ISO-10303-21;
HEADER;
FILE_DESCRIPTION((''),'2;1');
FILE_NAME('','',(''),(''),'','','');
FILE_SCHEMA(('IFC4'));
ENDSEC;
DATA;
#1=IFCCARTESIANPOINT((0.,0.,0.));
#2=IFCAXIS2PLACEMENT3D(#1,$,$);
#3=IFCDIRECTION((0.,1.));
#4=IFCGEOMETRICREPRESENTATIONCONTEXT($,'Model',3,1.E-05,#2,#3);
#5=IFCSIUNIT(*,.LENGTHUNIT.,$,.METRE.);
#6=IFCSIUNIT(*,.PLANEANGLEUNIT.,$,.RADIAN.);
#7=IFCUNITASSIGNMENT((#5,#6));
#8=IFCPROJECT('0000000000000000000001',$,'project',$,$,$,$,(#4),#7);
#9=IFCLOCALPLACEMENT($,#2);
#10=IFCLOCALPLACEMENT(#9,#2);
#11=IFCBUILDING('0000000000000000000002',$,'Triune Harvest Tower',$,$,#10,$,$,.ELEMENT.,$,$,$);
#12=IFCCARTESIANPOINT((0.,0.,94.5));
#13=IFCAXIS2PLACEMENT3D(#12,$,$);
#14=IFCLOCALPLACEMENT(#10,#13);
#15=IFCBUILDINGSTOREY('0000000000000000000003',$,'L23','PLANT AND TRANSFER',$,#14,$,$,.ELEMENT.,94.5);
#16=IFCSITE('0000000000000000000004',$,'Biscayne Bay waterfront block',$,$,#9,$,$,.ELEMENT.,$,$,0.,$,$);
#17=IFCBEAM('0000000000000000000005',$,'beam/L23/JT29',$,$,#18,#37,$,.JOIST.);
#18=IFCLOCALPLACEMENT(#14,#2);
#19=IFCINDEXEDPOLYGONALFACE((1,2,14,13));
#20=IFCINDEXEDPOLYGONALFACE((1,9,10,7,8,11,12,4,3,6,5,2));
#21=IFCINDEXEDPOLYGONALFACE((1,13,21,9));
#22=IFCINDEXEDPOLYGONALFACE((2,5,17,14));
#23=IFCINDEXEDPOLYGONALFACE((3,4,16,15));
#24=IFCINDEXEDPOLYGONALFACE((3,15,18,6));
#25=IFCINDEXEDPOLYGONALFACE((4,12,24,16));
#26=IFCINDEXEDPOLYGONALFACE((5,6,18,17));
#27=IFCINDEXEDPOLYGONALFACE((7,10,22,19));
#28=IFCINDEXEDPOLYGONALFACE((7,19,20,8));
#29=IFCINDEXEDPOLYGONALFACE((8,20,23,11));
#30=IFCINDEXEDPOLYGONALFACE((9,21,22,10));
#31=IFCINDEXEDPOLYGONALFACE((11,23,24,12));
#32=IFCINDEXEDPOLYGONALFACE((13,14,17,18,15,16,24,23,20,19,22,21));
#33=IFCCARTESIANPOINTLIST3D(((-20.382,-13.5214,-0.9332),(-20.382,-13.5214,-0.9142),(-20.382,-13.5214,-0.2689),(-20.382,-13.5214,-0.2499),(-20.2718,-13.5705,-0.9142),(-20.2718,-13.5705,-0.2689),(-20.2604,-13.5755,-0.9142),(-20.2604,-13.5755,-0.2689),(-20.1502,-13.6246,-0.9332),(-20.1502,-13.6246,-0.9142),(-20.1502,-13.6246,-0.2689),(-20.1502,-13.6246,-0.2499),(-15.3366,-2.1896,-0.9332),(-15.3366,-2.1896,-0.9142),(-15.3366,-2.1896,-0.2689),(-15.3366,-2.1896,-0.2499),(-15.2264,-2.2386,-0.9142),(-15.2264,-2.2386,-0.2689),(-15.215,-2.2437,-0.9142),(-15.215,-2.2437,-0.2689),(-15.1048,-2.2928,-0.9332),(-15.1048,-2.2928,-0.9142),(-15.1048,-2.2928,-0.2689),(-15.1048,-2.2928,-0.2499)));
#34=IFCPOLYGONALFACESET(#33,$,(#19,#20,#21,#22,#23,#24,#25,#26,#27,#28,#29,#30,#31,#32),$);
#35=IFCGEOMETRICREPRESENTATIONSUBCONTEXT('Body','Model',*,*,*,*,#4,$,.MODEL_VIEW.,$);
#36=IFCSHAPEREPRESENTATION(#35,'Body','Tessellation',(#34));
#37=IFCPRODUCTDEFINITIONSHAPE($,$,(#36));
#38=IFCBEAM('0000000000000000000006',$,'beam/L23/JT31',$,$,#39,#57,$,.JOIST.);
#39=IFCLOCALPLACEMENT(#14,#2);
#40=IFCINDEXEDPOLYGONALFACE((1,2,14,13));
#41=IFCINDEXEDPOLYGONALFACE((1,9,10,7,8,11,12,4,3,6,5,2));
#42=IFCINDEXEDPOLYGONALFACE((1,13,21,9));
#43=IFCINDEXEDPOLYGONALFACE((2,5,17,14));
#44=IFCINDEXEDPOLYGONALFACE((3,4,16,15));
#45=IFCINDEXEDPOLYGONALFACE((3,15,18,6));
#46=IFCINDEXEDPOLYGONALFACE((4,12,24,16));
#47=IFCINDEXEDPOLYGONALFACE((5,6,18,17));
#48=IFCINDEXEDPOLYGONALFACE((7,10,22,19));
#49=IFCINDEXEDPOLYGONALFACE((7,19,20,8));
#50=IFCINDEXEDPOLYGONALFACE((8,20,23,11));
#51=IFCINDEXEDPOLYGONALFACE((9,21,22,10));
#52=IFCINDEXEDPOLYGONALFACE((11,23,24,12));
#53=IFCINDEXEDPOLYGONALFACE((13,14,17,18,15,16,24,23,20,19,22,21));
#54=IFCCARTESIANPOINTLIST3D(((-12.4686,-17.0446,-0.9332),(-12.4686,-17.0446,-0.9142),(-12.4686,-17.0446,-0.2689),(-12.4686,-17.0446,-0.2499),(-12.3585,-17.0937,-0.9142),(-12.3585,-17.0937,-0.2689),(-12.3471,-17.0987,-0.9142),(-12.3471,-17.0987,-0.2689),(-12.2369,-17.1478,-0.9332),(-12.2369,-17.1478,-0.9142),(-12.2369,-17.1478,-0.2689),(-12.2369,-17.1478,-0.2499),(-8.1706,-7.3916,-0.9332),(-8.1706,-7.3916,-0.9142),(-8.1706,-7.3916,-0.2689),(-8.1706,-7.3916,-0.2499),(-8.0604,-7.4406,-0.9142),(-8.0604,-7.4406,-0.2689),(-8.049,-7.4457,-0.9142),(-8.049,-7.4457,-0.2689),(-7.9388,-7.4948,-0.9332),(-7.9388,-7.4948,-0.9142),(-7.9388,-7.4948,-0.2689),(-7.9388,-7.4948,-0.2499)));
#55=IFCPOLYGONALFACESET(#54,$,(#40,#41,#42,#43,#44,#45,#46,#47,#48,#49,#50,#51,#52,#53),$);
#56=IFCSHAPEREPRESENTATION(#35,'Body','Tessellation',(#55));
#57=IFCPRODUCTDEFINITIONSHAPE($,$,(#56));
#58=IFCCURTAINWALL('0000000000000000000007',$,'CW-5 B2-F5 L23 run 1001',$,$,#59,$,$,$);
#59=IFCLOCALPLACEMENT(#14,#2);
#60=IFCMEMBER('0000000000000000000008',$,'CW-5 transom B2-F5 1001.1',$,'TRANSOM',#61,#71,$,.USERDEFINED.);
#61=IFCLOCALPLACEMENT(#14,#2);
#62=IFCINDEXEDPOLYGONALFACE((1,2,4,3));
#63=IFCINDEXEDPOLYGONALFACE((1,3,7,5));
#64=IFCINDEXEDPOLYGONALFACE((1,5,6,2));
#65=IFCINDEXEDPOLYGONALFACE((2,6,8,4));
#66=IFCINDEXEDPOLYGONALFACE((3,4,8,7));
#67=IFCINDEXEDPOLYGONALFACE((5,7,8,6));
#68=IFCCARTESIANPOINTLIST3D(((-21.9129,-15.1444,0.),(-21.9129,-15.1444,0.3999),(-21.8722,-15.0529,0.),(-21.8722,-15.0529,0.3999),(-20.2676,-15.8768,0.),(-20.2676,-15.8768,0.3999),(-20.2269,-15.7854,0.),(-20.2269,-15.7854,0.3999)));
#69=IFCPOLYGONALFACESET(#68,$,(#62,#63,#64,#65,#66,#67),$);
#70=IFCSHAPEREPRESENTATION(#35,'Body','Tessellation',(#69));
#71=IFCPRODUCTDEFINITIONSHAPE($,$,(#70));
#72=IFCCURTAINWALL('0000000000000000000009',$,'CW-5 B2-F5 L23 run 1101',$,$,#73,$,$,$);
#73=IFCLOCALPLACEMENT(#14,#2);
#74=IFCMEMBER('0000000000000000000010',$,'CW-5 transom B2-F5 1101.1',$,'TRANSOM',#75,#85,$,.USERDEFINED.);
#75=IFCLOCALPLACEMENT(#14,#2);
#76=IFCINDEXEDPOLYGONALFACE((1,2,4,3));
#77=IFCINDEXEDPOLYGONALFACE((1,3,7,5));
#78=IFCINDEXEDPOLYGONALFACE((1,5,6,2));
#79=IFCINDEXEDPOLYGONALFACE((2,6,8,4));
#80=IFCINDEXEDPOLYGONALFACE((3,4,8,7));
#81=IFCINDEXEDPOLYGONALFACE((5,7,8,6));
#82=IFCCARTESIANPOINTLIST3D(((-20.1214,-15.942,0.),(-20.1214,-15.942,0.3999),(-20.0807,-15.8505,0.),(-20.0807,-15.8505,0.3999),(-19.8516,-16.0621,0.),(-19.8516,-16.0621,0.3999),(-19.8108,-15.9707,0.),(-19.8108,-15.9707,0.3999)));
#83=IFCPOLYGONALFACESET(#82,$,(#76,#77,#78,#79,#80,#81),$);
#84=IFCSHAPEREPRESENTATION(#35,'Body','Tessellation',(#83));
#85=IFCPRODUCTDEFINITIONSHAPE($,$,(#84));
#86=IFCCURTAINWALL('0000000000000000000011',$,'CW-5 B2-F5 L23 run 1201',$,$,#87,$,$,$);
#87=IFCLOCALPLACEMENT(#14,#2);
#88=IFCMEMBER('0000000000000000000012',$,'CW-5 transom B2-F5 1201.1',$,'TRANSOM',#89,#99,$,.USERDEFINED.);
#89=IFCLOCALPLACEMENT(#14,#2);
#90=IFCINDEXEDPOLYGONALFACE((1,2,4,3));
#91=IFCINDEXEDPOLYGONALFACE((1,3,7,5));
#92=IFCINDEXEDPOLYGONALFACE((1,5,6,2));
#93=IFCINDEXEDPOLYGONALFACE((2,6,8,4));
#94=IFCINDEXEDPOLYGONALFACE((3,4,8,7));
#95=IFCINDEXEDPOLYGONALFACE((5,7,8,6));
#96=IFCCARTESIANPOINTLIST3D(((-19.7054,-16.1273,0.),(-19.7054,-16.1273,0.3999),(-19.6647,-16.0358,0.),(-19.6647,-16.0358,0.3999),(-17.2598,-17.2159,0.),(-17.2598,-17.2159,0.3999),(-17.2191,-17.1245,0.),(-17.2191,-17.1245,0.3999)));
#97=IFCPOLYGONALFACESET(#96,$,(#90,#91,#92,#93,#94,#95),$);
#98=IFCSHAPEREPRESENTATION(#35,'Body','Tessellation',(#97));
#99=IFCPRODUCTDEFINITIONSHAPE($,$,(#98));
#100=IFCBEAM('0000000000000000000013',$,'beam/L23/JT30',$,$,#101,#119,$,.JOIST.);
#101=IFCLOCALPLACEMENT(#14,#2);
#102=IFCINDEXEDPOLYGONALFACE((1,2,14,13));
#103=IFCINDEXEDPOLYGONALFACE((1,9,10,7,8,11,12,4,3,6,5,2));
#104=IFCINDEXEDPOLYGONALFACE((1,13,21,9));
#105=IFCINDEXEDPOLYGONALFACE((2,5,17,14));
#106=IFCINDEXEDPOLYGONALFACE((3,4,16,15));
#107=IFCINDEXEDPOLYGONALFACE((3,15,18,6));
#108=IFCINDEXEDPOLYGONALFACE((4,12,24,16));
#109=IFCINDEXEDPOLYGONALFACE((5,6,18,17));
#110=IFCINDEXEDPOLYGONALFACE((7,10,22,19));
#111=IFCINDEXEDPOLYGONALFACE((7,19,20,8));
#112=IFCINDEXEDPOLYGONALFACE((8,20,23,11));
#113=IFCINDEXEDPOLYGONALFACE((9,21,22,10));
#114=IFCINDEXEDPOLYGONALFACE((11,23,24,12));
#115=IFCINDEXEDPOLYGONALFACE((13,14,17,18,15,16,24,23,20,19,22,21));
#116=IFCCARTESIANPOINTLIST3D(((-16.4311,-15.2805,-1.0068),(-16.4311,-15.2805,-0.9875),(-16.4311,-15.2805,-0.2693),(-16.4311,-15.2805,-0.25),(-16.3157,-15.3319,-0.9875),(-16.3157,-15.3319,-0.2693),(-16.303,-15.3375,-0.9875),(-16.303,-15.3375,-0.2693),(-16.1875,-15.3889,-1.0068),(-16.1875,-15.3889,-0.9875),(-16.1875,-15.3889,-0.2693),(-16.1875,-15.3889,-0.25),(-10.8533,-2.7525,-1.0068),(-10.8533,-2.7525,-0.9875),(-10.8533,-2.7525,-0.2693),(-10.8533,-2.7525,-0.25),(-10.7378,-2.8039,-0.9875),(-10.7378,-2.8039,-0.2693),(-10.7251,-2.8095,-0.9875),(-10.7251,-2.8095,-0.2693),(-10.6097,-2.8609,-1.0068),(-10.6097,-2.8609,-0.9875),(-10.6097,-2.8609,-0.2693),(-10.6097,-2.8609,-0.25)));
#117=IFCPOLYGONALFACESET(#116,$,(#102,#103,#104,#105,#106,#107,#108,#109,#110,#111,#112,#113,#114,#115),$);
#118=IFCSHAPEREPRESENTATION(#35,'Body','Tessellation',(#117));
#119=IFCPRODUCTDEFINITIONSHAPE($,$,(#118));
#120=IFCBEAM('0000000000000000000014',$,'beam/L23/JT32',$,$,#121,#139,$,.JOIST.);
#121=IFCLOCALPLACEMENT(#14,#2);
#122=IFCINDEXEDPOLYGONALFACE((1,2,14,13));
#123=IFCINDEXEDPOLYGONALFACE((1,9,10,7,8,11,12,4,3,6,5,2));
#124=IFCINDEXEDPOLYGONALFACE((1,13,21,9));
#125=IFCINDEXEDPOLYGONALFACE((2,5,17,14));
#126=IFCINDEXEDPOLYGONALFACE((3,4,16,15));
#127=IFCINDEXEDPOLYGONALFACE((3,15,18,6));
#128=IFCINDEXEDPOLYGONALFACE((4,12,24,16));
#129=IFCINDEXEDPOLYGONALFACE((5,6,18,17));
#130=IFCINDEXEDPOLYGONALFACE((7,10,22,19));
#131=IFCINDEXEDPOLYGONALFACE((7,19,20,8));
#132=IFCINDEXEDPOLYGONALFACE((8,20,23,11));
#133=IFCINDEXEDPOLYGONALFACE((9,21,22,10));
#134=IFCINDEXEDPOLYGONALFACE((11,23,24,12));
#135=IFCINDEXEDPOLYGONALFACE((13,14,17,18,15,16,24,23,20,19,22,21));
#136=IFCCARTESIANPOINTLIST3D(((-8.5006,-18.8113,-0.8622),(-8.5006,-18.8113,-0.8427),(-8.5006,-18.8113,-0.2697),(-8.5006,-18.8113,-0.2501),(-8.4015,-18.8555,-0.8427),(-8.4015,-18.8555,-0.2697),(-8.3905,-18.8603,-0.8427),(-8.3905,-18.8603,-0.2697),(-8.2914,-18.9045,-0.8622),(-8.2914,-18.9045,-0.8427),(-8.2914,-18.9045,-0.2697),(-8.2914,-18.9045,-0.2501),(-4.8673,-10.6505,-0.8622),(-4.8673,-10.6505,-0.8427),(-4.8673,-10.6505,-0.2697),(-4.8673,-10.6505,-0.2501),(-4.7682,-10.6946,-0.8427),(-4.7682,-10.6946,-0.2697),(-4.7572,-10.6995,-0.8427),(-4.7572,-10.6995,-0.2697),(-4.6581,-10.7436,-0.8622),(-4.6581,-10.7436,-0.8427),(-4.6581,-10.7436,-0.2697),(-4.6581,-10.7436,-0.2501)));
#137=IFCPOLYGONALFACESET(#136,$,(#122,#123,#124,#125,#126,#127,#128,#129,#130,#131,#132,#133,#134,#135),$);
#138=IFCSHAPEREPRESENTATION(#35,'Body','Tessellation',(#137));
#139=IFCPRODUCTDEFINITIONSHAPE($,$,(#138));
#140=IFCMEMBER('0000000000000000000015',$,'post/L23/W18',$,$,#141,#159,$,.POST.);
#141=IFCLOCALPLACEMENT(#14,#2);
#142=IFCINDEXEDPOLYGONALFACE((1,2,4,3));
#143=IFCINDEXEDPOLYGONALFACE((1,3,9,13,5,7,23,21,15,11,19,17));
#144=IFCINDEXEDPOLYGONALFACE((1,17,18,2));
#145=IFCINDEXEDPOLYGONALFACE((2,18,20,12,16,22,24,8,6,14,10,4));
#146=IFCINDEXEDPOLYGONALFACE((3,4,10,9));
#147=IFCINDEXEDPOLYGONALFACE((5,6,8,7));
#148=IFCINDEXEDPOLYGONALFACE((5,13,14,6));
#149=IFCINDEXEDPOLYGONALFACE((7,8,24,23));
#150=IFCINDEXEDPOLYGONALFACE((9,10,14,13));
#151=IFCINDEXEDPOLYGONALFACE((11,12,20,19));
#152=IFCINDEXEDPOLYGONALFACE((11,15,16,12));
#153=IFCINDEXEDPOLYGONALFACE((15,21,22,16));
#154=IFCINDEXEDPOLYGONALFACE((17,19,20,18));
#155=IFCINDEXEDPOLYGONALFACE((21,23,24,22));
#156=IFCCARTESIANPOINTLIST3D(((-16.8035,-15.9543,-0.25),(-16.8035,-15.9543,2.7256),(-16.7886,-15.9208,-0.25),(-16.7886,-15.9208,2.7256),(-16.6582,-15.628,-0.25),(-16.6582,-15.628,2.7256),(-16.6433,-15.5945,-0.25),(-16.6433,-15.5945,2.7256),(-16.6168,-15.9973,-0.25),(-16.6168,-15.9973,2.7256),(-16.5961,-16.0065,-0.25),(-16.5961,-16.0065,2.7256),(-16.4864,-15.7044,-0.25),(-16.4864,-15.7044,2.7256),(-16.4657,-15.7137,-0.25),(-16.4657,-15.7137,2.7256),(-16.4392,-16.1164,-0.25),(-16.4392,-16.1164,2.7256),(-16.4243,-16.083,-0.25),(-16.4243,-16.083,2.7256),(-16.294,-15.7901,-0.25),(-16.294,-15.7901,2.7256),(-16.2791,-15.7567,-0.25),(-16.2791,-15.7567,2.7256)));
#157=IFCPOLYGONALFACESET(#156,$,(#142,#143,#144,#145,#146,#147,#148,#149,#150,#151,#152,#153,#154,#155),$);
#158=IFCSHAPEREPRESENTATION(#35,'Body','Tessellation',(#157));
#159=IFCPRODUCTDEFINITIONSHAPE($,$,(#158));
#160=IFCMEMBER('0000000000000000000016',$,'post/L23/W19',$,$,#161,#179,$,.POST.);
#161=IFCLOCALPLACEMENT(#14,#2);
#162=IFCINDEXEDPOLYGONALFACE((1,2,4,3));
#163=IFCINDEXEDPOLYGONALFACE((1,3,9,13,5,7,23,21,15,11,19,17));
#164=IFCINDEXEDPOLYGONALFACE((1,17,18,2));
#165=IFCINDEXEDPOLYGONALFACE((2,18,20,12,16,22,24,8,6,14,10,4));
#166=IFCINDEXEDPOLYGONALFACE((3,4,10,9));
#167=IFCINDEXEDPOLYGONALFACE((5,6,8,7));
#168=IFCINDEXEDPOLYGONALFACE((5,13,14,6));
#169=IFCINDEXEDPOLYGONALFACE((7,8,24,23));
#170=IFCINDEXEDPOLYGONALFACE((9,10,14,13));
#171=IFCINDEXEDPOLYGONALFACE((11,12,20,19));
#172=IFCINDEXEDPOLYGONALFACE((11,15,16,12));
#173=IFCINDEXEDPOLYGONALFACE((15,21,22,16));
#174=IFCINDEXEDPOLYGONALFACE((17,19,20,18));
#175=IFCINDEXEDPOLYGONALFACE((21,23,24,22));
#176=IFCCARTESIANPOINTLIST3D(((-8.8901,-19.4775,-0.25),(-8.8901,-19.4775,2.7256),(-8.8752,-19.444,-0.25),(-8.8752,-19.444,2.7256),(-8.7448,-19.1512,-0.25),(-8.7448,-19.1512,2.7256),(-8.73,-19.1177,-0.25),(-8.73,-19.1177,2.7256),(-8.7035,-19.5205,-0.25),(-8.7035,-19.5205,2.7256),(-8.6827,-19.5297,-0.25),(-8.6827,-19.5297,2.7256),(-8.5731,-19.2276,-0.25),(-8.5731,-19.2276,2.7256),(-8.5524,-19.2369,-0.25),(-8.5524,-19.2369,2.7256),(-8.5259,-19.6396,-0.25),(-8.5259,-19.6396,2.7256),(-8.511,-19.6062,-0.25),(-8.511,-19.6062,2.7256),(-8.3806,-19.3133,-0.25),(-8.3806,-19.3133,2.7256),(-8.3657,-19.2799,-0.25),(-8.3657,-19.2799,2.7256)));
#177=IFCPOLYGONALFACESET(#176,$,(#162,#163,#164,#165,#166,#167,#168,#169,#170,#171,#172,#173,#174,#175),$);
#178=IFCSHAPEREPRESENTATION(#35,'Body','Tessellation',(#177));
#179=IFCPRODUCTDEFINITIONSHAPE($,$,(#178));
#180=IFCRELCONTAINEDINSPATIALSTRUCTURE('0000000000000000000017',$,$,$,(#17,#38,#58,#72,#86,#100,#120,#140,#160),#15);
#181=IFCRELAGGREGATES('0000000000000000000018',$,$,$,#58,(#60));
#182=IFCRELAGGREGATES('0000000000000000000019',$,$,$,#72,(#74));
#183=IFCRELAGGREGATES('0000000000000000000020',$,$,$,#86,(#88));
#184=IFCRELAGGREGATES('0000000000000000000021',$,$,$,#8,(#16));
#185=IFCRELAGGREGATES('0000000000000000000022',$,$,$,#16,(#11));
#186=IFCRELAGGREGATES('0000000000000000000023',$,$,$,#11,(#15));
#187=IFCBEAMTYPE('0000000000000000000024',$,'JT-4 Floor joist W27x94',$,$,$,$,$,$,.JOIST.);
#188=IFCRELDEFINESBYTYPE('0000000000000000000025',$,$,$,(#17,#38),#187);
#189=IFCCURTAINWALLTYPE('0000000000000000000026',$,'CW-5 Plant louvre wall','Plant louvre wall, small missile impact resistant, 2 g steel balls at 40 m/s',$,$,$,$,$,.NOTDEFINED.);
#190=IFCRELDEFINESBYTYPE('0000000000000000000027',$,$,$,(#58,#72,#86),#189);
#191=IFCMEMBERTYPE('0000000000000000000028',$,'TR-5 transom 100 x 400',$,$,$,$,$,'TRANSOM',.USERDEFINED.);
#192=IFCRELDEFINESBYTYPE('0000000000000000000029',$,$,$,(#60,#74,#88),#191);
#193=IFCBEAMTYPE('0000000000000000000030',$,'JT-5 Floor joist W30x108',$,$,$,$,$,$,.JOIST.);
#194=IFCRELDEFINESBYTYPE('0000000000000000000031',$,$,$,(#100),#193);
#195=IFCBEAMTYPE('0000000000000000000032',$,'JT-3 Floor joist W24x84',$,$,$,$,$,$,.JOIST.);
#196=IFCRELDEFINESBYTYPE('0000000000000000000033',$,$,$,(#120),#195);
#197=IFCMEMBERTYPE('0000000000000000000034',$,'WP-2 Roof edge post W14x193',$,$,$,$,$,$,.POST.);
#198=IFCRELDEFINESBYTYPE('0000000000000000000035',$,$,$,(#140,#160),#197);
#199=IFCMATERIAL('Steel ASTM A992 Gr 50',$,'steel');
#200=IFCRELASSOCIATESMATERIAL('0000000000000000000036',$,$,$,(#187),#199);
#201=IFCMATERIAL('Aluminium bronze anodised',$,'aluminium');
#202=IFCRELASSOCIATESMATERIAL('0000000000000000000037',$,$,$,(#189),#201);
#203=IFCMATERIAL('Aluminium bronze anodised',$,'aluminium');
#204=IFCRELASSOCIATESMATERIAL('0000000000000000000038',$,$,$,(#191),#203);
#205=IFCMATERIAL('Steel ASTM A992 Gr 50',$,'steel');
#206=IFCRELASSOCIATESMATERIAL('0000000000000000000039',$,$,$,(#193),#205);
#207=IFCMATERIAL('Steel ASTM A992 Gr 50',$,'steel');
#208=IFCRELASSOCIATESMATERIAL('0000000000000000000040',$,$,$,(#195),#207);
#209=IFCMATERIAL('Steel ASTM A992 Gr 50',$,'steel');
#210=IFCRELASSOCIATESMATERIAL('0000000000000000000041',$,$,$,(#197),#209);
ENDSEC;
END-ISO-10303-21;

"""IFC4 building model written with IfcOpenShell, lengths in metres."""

from ifc_helpers import new_model, si_unit, direction, frame, origin, origin_2d, place, context, subcontext, project, spatial, rectangle, i_section, extrude, source, transform, mapped, material, material_profile, profile_set, type_object, element, aggregate, save


model = new_model("IFC4")

# Units and contexts
model_context = context("Model", 3, precision=1e-05, world=origin(), true_north=direction((0.0, 1.0)))
body_context = subcontext(model_context, "Body", "Model", "MODEL_VIEW")
ifc_project = project(units=[si_unit("LENGTHUNIT", "METRE"), si_unit("PLANEANGLEUNIT", "RADIAN")], contexts=[model_context])

# Site, building, storey
site_placement = place(None, origin())
site = spatial("IfcSite", under=ifc_project, at=site_placement, Name="Biscayne Bay waterfront block", CompositionType="ELEMENT", RefElevation=0.0)
building_placement = place(site_placement, origin())
building = spatial("IfcBuilding", under=site, at=building_placement, Name="Triune Harvest Tower", CompositionType="ELEMENT")
storey_placement = place(building_placement, frame((0.0, 0.0, 94.5)))
storey = spatial("IfcBuildingStorey", under=building, at=storey_placement, Name="L23", Description="PLANT AND TRANSFER", CompositionType="ELEMENT", Elevation=94.5)

# Beams
ifc_material_1 = material(Name="Steel ASTM A992 Gr 50", Category="steel")
ifc_material_profile_1 = material_profile(ifc_material_1, i_section(OverallWidth=0.2537, OverallDepth=0.6833, WebThickness=0.0125, FlangeThickness=0.019, at=origin_2d()), Name="W27x94")
ifc_profile_set_1 = profile_set([ifc_material_profile_1], Name="Steel ASTM A992 Gr 50")
beam_type_1 = type_object("IfcBeamType", Name="JT-4 Floor joist W27x94", PredefinedType="JOIST", material=ifc_profile_set_1)
beam_1_placement = place(storey_placement, frame((-20.2661, -13.573, -0.5916), z_axis=(0.406748, 0.91354, 0.0), x_axis=(-0.91354, 0.406748, 0.0)))
element("IfcBeam", 1, at=beam_1_placement, inside=storey, type_object=beam_type_1, Name="beam/L23/JT29", PredefinedType="JOIST", context=body_context, shape_type="SweptSolid", body=[
    extrude(i_section(OverallWidth=0.2537, OverallDepth=0.6833, WebThickness=0.0125, FlangeThickness=0.019, at=origin_2d()), origin(), (0.0, 0.0, 1.0), 12.4043),
])
beam_2_placement = place(storey_placement, frame((-12.3528, -17.0962, -0.5916), z_axis=(0.406758, 0.913536, 0.0), x_axis=(-0.913536, 0.406758, 0.0)))
element("IfcBeam", 2, at=beam_2_placement, inside=storey, type_object=beam_type_1, Name="beam/L23/JT31", PredefinedType="JOIST", context=body_context, shape_type="SweptSolid", body=[
    extrude(i_section(OverallWidth=0.2537, OverallDepth=0.6833, WebThickness=0.0125, FlangeThickness=0.019, at=origin_2d()), origin(), (0.0, 0.0, 1.0), 10.5667),
])

# Curtain walls, members
ifc_material_2 = material(Name="Aluminium bronze anodised", Category="aluminium")
curtain_wall_type = type_object("IfcCurtainWallType", Name="CW-5 Plant louvre wall", Description="Plant louvre wall, small missile impact resistant, 2 g steel balls at 40 m/s", PredefinedType="NOTDEFINED", material=ifc_material_2)
curtain_wall_1_placement = place(storey_placement, origin())
curtain_wall_1 = element("IfcCurtainWall", 3, at=curtain_wall_1_placement, inside=storey, type_object=curtain_wall_type, Name="CW-5 B2-F5 L23 run 1001")
ifc_material_3 = material(Name="Aluminium bronze anodised", Category="aluminium")
ifc_material_profile_2 = material_profile(ifc_material_3, rectangle(XDim=0.1001, YDim=0.3999, at=origin_2d()), Name="TR-5 transom 100 x 400")
ifc_profile_set_2 = profile_set([ifc_material_profile_2], Name="Aluminium bronze anodised")
member_type_1 = type_object("IfcMemberType", Name="TR-5 transom 100 x 400", ElementType="TRANSOM", PredefinedType="USERDEFINED", material=ifc_profile_set_2)
member_1_placement = place(storey_placement, frame((-21.8926, -15.0986, 0.2), z_axis=(0.913565, -0.406692, 0.0), x_axis=(0.406692, 0.913565, 0.0)))
member_1 = element("IfcMember", 4, at=member_1_placement, type_object=member_type_1, Name="CW-5 transom B2-F5 1001.1", ObjectType="TRANSOM", PredefinedType="USERDEFINED", context=body_context, shape_type="SweptSolid", body=[
    extrude(rectangle(XDim=0.1001, YDim=0.3999, at=origin_2d()), origin(), (0.0, 0.0, 1.0), 1.801),
])
curtain_wall_2_placement = place(storey_placement, origin())
curtain_wall_2 = element("IfcCurtainWall", 5, at=curtain_wall_2_placement, inside=storey, type_object=curtain_wall_type, Name="CW-5 B2-F5 L23 run 1101")
member_2_placement = place(storey_placement, frame((-20.1011, -15.8962, 0.2), z_axis=(0.913539, -0.406752, 0.0), x_axis=(0.406752, 0.913539, 0.0)))
member_2 = element("IfcMember", 6, at=member_2_placement, type_object=member_type_1, Name="CW-5 transom B2-F5 1101.1", ObjectType="TRANSOM", PredefinedType="USERDEFINED", context=body_context, shape_type="SweptSolid", body=[
    extrude(rectangle(XDim=0.1001, YDim=0.3999, at=origin_2d()), origin(), (0.0, 0.0, 1.0), 0.2954),
])
curtain_wall_3_placement = place(storey_placement, origin())
curtain_wall_3 = element("IfcCurtainWall", 7, at=curtain_wall_3_placement, inside=storey, type_object=curtain_wall_type, Name="CW-5 B2-F5 L23 run 1201")
member_3_placement = place(storey_placement, frame((-19.6851, -16.0815, 0.2), z_axis=(0.913574, -0.406672, 0.0), x_axis=(0.406672, 0.913574, 0.0)))
member_3 = element("IfcMember", 8, at=member_3_placement, type_object=member_type_1, Name="CW-5 transom B2-F5 1201.1", ObjectType="TRANSOM", PredefinedType="USERDEFINED", context=body_context, shape_type="SweptSolid", body=[
    extrude(rectangle(XDim=0.1001, YDim=0.3999, at=origin_2d()), origin(), (0.0, 0.0, 1.0), 2.677),
])

# Beams
ifc_material_4 = material(Name="Steel ASTM A992 Gr 50", Category="steel")
ifc_material_profile_3 = material_profile(ifc_material_4, i_section(OverallWidth=0.2666, OverallDepth=0.7568, WebThickness=0.0139, FlangeThickness=0.0193, at=origin_2d()), Name="W30x108")
ifc_profile_set_3 = profile_set([ifc_material_profile_3], Name="Steel ASTM A992 Gr 50")
beam_type_2 = type_object("IfcBeamType", Name="JT-5 Floor joist W30x108", PredefinedType="JOIST", material=ifc_profile_set_3)
shared_shape_1 = source(origin(), body_context, "Body", "SweptSolid", [
    extrude(i_section(OverallWidth=0.2666, OverallDepth=0.7568, WebThickness=0.0139, FlangeThickness=0.0193, at=origin_2d()), origin(), (0.0, 0.0, 1.0), 13.7136),
])
beam_3_placement = place(storey_placement, frame((-16.3093, -15.3347, -0.6284), z_axis=(0.406738, 0.913545, 0.0), x_axis=(-0.913545, 0.406738, 0.0)))
element("IfcBeam", 9, at=beam_3_placement, inside=storey, type_object=beam_type_2, Name="beam/L23/JT30", PredefinedType="JOIST", context=body_context, shape_type="MappedRepresentation", body=[
    mapped(shared_shape_1, transform((0.0, 0.0, 0.0), scale=1.0)),
])
ifc_material_5 = material(Name="Steel ASTM A992 Gr 50", Category="steel")
ifc_material_profile_4 = material_profile(ifc_material_5, i_section(OverallWidth=0.229, OverallDepth=0.6121, WebThickness=0.012, FlangeThickness=0.0195, at=origin_2d()), Name="W24x84")
ifc_profile_set_4 = profile_set([ifc_material_profile_4], Name="Steel ASTM A992 Gr 50")
beam_type_3 = type_object("IfcBeamType", Name="JT-3 Floor joist W24x84", PredefinedType="JOIST", material=ifc_profile_set_4)
shared_shape_2 = source(origin(), body_context, "Body", "SweptSolid", [
    extrude(i_section(OverallWidth=0.229, OverallDepth=0.6121, WebThickness=0.012, FlangeThickness=0.0195, at=origin_2d()), origin(), (0.0, 0.0, 1.0), 8.9331),
])
beam_4_placement = place(storey_placement, frame((-8.396, -18.8579, -0.5562), z_axis=(0.406722, 0.913552, 0.0), x_axis=(-0.913552, 0.406722, 0.0)))
element("IfcBeam", 10, at=beam_4_placement, inside=storey, type_object=beam_type_3, Name="beam/L23/JT32", PredefinedType="JOIST", context=body_context, shape_type="MappedRepresentation", body=[
    mapped(shared_shape_2, transform((0.0, 0.0, 0.0), scale=1.0)),
])

# Members
ifc_material_6 = material(Name="Steel ASTM A992 Gr 50", Category="steel")
ifc_material_profile_5 = material_profile(ifc_material_6, i_section(OverallWidth=0.3987, OverallDepth=0.3938, WebThickness=0.0227, FlangeThickness=0.0366, at=origin_2d()), Name="W14x193")
ifc_profile_set_5 = profile_set([ifc_material_profile_5], Name="Steel ASTM A992 Gr 50")
member_type_2 = type_object("IfcMemberType", Name="WP-2 Roof edge post W14x193", PredefinedType="POST", material=ifc_profile_set_5)
shared_shape_3 = source(origin(), body_context, "Body", "SweptSolid", [
    extrude(i_section(OverallWidth=0.3987, OverallDepth=0.3938, WebThickness=0.0227, FlangeThickness=0.0366, at=origin_2d()), origin(), (0.0, 0.0, 1.0), 2.9756),
])
for number, where, z_axis, x_axis, name in (
    (11, (-16.5413, -15.8555, -0.25), (0.0, 0.0, 1.0), (0.913545, -0.406737, 0.0), "post/L23/W18"),
    (12, (-8.6279, -19.3787, -0.25), (0.0, 0.0, 1.0), (0.913545, -0.406737, 0.0), "post/L23/W19"),
):
    element("IfcMember", number, at=place(storey_placement, frame(where, z_axis=z_axis, x_axis=x_axis)), inside=storey, type_object=member_type_2, Name=name, PredefinedType="POST", context=body_context, shape_type="MappedRepresentation", body=[
        mapped(shared_shape_3, transform((0.0, 0.0, 0.0), scale=1.0)),
    ])

aggregate(curtain_wall_1, [member_1])
aggregate(curtain_wall_2, [member_2])
aggregate(curtain_wall_3, [member_3])

save(model, "model.ifc")
